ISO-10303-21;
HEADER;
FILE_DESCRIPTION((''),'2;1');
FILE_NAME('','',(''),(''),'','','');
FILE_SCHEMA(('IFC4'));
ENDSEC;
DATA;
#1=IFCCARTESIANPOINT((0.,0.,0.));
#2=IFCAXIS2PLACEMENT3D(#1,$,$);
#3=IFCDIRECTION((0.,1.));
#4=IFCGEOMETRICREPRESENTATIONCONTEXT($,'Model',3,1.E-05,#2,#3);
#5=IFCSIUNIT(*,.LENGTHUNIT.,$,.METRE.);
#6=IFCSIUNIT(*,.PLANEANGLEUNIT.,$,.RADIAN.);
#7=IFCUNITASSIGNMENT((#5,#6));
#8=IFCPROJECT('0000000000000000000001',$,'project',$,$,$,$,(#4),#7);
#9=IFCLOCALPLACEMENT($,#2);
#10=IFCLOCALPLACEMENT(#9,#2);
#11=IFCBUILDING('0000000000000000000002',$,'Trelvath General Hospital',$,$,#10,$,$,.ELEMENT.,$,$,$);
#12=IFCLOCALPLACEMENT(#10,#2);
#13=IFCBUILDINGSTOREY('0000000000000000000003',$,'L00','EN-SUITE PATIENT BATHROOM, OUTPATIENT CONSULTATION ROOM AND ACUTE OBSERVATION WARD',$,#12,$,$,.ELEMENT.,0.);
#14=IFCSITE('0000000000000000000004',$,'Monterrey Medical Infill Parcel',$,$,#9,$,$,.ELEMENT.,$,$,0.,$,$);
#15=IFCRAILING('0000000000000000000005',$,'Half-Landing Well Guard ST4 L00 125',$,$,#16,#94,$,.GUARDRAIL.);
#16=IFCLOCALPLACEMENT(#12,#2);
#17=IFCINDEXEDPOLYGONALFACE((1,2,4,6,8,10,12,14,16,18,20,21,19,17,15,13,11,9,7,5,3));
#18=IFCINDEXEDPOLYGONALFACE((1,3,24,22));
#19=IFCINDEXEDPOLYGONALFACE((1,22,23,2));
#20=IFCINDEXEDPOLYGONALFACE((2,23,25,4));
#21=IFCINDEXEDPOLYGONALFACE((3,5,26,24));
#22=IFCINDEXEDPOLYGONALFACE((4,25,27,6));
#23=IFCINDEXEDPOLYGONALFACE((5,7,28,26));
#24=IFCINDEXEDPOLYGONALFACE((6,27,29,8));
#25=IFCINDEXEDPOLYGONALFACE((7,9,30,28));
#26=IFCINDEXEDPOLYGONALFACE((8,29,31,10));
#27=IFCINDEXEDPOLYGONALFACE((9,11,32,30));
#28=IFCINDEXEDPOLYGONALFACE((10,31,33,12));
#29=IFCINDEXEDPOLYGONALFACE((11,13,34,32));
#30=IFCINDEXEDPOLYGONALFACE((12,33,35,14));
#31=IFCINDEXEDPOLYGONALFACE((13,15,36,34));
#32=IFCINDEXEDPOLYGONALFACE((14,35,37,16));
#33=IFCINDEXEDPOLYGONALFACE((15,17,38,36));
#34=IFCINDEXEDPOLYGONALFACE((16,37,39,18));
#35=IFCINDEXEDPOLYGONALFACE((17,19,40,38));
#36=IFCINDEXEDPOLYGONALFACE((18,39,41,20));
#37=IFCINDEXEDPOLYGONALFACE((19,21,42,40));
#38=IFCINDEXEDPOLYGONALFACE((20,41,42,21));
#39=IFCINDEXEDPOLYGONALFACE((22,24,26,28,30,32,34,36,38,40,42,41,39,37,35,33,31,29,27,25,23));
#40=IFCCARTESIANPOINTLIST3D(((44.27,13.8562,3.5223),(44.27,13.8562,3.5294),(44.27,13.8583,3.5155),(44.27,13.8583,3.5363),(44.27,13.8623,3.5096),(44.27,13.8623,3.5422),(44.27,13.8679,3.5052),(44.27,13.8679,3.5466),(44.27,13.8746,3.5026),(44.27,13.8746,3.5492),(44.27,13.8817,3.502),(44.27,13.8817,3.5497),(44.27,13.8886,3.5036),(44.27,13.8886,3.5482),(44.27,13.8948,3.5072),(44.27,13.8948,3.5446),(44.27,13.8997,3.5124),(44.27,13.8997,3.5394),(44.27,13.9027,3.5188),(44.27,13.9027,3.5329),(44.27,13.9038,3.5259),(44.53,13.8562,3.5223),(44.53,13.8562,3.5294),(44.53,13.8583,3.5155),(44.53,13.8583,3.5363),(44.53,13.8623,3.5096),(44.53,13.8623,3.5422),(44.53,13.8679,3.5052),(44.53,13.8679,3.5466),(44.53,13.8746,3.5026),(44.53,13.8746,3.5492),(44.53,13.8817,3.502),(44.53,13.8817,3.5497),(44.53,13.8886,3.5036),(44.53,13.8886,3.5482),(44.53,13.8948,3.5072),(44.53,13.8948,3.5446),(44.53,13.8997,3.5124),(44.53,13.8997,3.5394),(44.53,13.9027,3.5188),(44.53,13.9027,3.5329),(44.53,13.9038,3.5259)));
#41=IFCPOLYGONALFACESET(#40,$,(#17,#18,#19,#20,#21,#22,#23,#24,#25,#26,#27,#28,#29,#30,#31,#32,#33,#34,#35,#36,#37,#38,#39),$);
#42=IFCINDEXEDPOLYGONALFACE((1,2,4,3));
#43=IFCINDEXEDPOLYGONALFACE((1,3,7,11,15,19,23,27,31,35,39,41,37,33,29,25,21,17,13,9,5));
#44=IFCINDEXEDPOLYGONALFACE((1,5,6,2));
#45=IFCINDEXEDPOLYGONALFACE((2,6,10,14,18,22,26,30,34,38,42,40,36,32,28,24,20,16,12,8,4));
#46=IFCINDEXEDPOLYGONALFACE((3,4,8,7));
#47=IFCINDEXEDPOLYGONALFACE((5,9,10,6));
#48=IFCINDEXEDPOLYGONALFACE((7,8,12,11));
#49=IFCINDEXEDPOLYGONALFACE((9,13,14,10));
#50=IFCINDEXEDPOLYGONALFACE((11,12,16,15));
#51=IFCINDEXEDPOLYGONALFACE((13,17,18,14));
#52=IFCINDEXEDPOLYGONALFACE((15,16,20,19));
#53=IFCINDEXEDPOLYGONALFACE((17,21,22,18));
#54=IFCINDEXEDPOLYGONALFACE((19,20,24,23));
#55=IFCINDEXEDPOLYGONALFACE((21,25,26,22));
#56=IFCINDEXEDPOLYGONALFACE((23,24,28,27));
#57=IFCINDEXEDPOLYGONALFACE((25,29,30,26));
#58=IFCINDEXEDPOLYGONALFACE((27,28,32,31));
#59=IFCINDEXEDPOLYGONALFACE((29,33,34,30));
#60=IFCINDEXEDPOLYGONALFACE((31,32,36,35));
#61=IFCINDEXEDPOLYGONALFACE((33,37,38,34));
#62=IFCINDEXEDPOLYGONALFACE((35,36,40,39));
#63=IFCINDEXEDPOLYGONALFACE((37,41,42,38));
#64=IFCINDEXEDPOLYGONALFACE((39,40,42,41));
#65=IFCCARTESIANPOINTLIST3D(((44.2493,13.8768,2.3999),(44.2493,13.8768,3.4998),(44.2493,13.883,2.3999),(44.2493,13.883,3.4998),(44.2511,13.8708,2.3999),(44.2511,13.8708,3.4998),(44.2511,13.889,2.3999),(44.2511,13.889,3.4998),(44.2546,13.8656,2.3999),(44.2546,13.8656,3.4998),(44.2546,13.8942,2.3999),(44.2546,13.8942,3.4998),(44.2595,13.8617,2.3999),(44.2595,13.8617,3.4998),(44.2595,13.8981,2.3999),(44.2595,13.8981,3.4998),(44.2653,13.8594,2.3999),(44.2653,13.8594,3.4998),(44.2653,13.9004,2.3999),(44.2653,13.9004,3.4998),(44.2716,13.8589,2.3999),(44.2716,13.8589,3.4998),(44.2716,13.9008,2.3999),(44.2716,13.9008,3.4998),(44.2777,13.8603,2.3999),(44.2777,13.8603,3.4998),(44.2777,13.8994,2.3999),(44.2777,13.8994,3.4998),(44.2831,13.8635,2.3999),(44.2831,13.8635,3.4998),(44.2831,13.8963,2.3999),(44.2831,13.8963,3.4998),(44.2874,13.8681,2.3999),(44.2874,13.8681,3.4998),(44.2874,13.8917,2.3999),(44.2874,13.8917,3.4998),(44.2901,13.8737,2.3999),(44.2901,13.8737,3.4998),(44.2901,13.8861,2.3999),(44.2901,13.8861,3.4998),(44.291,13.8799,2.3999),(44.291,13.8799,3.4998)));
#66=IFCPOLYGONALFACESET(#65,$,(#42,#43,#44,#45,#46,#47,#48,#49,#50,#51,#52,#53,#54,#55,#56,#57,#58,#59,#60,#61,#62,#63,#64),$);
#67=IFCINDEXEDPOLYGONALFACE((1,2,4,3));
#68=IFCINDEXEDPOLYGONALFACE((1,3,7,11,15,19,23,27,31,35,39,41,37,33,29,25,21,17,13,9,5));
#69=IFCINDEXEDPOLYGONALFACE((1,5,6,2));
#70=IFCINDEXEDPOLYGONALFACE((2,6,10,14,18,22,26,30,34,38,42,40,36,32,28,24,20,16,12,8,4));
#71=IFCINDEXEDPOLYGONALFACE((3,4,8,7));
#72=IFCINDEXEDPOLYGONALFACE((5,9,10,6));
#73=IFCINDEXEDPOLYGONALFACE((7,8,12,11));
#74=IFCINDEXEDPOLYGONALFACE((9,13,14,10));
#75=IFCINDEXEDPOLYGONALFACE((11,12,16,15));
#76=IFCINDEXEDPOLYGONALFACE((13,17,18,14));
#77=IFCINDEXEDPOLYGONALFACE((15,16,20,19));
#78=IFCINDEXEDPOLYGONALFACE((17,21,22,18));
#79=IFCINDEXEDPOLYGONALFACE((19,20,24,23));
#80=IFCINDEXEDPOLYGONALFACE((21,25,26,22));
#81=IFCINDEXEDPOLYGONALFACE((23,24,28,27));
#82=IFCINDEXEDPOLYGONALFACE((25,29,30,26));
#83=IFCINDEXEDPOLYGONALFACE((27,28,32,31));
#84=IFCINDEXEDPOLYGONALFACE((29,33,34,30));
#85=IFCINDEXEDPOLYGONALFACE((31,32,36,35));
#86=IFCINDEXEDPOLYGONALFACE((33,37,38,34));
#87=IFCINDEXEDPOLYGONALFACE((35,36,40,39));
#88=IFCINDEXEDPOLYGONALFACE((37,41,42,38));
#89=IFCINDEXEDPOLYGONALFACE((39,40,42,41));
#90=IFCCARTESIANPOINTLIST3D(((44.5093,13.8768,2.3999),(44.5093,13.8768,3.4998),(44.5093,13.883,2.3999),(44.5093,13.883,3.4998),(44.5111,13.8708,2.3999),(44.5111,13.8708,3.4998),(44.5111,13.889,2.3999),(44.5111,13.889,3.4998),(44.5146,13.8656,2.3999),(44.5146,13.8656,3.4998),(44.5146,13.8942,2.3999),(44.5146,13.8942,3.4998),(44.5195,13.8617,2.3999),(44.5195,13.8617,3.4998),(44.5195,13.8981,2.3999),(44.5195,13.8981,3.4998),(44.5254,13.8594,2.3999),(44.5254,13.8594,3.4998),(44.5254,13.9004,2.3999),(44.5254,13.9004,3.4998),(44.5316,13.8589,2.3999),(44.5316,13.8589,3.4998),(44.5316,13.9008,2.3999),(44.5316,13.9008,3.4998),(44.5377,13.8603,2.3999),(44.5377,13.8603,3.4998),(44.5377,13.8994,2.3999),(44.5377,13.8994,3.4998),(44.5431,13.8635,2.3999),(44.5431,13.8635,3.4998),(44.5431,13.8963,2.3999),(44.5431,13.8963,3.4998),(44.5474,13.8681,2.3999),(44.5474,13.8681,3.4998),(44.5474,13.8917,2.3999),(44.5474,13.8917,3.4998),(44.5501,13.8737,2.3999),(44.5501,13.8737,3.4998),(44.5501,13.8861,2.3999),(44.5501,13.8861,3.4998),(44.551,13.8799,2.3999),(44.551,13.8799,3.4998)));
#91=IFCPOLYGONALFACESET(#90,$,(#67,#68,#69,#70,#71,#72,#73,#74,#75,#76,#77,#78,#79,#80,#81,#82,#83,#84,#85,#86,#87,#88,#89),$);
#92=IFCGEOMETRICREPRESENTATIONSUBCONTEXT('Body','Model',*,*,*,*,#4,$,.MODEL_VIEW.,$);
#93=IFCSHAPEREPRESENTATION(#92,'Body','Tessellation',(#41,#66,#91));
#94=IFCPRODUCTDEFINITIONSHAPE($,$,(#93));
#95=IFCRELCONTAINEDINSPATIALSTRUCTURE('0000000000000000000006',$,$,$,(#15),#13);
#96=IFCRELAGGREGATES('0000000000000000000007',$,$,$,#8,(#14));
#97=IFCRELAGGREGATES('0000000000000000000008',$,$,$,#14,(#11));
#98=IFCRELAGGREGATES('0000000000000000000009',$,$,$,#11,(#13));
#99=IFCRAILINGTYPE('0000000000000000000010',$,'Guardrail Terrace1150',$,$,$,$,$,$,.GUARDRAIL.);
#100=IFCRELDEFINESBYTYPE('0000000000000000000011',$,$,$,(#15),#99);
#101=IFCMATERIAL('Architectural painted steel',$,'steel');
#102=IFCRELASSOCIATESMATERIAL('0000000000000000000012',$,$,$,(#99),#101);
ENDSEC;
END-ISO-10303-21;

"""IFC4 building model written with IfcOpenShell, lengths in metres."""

from ifc_helpers import new_model, si_unit, direction, frame, origin, origin_2d, place, context, subcontext, project, spatial, circle, extrude, material, type_object, element, save


model = new_model("IFC4")

# Units and contexts
model_context = context("Model", 3, precision=1e-05, world=origin(), true_north=direction((0.0, 1.0)))
body_context = subcontext(model_context, "Body", "Model", "MODEL_VIEW")
ifc_project = project(units=[si_unit("LENGTHUNIT", "METRE"), si_unit("PLANEANGLEUNIT", "RADIAN")], contexts=[model_context])

# Site, building, storey
site_placement = place(None, origin())
site = spatial("IfcSite", under=ifc_project, at=site_placement, Name="Monterrey Medical Infill Parcel", CompositionType="ELEMENT", RefElevation=0.0)
building_placement = place(site_placement, origin())
building = spatial("IfcBuilding", under=site, at=building_placement, Name="Trelvath General Hospital", CompositionType="ELEMENT")
storey_placement = place(building_placement, origin())
storey = spatial("IfcBuildingStorey", under=building, at=storey_placement, Name="L00", Description="EN-SUITE PATIENT BATHROOM, OUTPATIENT CONSULTATION ROOM AND ACUTE OBSERVATION WARD", CompositionType="ELEMENT", Elevation=0.0)

# Railing
ifc_material_1 = material(Name="Architectural painted steel", Category="steel")
railing_type_1 = type_object("IfcRailingType", Name="Guardrail Terrace1150", PredefinedType="GUARDRAIL", material=ifc_material_1)
railing_1_placement = place(storey_placement, frame((44.27, 13.8799, 2.3999)))
element("IfcRailing", 1, at=railing_1_placement, inside=storey, type_object=railing_type_1, Name="Half-Landing Well Guard ST4 L00 125", PredefinedType="GUARDRAIL", context=body_context, shape_type="SweptSolid", body=[
    extrude(circle(Radius=0.0239, at=origin_2d()), frame((0.0, 0.0, 1.126), z_axis=(1.0, 0.0, 0.0), x_axis=(0.0, 1.0, 0.0)), (0.0, 0.0, 1.0), 0.26),
    extrude(circle(Radius=0.021, at=origin_2d()), origin(), (0.0, 0.0, 1.0), 1.0999),
    extrude(circle(Radius=0.021, at=origin_2d()), frame((0.26, 0.0, 0.0)), (0.0, 0.0, 1.0), 1.0999),
])

save(model, "model.ifc")
